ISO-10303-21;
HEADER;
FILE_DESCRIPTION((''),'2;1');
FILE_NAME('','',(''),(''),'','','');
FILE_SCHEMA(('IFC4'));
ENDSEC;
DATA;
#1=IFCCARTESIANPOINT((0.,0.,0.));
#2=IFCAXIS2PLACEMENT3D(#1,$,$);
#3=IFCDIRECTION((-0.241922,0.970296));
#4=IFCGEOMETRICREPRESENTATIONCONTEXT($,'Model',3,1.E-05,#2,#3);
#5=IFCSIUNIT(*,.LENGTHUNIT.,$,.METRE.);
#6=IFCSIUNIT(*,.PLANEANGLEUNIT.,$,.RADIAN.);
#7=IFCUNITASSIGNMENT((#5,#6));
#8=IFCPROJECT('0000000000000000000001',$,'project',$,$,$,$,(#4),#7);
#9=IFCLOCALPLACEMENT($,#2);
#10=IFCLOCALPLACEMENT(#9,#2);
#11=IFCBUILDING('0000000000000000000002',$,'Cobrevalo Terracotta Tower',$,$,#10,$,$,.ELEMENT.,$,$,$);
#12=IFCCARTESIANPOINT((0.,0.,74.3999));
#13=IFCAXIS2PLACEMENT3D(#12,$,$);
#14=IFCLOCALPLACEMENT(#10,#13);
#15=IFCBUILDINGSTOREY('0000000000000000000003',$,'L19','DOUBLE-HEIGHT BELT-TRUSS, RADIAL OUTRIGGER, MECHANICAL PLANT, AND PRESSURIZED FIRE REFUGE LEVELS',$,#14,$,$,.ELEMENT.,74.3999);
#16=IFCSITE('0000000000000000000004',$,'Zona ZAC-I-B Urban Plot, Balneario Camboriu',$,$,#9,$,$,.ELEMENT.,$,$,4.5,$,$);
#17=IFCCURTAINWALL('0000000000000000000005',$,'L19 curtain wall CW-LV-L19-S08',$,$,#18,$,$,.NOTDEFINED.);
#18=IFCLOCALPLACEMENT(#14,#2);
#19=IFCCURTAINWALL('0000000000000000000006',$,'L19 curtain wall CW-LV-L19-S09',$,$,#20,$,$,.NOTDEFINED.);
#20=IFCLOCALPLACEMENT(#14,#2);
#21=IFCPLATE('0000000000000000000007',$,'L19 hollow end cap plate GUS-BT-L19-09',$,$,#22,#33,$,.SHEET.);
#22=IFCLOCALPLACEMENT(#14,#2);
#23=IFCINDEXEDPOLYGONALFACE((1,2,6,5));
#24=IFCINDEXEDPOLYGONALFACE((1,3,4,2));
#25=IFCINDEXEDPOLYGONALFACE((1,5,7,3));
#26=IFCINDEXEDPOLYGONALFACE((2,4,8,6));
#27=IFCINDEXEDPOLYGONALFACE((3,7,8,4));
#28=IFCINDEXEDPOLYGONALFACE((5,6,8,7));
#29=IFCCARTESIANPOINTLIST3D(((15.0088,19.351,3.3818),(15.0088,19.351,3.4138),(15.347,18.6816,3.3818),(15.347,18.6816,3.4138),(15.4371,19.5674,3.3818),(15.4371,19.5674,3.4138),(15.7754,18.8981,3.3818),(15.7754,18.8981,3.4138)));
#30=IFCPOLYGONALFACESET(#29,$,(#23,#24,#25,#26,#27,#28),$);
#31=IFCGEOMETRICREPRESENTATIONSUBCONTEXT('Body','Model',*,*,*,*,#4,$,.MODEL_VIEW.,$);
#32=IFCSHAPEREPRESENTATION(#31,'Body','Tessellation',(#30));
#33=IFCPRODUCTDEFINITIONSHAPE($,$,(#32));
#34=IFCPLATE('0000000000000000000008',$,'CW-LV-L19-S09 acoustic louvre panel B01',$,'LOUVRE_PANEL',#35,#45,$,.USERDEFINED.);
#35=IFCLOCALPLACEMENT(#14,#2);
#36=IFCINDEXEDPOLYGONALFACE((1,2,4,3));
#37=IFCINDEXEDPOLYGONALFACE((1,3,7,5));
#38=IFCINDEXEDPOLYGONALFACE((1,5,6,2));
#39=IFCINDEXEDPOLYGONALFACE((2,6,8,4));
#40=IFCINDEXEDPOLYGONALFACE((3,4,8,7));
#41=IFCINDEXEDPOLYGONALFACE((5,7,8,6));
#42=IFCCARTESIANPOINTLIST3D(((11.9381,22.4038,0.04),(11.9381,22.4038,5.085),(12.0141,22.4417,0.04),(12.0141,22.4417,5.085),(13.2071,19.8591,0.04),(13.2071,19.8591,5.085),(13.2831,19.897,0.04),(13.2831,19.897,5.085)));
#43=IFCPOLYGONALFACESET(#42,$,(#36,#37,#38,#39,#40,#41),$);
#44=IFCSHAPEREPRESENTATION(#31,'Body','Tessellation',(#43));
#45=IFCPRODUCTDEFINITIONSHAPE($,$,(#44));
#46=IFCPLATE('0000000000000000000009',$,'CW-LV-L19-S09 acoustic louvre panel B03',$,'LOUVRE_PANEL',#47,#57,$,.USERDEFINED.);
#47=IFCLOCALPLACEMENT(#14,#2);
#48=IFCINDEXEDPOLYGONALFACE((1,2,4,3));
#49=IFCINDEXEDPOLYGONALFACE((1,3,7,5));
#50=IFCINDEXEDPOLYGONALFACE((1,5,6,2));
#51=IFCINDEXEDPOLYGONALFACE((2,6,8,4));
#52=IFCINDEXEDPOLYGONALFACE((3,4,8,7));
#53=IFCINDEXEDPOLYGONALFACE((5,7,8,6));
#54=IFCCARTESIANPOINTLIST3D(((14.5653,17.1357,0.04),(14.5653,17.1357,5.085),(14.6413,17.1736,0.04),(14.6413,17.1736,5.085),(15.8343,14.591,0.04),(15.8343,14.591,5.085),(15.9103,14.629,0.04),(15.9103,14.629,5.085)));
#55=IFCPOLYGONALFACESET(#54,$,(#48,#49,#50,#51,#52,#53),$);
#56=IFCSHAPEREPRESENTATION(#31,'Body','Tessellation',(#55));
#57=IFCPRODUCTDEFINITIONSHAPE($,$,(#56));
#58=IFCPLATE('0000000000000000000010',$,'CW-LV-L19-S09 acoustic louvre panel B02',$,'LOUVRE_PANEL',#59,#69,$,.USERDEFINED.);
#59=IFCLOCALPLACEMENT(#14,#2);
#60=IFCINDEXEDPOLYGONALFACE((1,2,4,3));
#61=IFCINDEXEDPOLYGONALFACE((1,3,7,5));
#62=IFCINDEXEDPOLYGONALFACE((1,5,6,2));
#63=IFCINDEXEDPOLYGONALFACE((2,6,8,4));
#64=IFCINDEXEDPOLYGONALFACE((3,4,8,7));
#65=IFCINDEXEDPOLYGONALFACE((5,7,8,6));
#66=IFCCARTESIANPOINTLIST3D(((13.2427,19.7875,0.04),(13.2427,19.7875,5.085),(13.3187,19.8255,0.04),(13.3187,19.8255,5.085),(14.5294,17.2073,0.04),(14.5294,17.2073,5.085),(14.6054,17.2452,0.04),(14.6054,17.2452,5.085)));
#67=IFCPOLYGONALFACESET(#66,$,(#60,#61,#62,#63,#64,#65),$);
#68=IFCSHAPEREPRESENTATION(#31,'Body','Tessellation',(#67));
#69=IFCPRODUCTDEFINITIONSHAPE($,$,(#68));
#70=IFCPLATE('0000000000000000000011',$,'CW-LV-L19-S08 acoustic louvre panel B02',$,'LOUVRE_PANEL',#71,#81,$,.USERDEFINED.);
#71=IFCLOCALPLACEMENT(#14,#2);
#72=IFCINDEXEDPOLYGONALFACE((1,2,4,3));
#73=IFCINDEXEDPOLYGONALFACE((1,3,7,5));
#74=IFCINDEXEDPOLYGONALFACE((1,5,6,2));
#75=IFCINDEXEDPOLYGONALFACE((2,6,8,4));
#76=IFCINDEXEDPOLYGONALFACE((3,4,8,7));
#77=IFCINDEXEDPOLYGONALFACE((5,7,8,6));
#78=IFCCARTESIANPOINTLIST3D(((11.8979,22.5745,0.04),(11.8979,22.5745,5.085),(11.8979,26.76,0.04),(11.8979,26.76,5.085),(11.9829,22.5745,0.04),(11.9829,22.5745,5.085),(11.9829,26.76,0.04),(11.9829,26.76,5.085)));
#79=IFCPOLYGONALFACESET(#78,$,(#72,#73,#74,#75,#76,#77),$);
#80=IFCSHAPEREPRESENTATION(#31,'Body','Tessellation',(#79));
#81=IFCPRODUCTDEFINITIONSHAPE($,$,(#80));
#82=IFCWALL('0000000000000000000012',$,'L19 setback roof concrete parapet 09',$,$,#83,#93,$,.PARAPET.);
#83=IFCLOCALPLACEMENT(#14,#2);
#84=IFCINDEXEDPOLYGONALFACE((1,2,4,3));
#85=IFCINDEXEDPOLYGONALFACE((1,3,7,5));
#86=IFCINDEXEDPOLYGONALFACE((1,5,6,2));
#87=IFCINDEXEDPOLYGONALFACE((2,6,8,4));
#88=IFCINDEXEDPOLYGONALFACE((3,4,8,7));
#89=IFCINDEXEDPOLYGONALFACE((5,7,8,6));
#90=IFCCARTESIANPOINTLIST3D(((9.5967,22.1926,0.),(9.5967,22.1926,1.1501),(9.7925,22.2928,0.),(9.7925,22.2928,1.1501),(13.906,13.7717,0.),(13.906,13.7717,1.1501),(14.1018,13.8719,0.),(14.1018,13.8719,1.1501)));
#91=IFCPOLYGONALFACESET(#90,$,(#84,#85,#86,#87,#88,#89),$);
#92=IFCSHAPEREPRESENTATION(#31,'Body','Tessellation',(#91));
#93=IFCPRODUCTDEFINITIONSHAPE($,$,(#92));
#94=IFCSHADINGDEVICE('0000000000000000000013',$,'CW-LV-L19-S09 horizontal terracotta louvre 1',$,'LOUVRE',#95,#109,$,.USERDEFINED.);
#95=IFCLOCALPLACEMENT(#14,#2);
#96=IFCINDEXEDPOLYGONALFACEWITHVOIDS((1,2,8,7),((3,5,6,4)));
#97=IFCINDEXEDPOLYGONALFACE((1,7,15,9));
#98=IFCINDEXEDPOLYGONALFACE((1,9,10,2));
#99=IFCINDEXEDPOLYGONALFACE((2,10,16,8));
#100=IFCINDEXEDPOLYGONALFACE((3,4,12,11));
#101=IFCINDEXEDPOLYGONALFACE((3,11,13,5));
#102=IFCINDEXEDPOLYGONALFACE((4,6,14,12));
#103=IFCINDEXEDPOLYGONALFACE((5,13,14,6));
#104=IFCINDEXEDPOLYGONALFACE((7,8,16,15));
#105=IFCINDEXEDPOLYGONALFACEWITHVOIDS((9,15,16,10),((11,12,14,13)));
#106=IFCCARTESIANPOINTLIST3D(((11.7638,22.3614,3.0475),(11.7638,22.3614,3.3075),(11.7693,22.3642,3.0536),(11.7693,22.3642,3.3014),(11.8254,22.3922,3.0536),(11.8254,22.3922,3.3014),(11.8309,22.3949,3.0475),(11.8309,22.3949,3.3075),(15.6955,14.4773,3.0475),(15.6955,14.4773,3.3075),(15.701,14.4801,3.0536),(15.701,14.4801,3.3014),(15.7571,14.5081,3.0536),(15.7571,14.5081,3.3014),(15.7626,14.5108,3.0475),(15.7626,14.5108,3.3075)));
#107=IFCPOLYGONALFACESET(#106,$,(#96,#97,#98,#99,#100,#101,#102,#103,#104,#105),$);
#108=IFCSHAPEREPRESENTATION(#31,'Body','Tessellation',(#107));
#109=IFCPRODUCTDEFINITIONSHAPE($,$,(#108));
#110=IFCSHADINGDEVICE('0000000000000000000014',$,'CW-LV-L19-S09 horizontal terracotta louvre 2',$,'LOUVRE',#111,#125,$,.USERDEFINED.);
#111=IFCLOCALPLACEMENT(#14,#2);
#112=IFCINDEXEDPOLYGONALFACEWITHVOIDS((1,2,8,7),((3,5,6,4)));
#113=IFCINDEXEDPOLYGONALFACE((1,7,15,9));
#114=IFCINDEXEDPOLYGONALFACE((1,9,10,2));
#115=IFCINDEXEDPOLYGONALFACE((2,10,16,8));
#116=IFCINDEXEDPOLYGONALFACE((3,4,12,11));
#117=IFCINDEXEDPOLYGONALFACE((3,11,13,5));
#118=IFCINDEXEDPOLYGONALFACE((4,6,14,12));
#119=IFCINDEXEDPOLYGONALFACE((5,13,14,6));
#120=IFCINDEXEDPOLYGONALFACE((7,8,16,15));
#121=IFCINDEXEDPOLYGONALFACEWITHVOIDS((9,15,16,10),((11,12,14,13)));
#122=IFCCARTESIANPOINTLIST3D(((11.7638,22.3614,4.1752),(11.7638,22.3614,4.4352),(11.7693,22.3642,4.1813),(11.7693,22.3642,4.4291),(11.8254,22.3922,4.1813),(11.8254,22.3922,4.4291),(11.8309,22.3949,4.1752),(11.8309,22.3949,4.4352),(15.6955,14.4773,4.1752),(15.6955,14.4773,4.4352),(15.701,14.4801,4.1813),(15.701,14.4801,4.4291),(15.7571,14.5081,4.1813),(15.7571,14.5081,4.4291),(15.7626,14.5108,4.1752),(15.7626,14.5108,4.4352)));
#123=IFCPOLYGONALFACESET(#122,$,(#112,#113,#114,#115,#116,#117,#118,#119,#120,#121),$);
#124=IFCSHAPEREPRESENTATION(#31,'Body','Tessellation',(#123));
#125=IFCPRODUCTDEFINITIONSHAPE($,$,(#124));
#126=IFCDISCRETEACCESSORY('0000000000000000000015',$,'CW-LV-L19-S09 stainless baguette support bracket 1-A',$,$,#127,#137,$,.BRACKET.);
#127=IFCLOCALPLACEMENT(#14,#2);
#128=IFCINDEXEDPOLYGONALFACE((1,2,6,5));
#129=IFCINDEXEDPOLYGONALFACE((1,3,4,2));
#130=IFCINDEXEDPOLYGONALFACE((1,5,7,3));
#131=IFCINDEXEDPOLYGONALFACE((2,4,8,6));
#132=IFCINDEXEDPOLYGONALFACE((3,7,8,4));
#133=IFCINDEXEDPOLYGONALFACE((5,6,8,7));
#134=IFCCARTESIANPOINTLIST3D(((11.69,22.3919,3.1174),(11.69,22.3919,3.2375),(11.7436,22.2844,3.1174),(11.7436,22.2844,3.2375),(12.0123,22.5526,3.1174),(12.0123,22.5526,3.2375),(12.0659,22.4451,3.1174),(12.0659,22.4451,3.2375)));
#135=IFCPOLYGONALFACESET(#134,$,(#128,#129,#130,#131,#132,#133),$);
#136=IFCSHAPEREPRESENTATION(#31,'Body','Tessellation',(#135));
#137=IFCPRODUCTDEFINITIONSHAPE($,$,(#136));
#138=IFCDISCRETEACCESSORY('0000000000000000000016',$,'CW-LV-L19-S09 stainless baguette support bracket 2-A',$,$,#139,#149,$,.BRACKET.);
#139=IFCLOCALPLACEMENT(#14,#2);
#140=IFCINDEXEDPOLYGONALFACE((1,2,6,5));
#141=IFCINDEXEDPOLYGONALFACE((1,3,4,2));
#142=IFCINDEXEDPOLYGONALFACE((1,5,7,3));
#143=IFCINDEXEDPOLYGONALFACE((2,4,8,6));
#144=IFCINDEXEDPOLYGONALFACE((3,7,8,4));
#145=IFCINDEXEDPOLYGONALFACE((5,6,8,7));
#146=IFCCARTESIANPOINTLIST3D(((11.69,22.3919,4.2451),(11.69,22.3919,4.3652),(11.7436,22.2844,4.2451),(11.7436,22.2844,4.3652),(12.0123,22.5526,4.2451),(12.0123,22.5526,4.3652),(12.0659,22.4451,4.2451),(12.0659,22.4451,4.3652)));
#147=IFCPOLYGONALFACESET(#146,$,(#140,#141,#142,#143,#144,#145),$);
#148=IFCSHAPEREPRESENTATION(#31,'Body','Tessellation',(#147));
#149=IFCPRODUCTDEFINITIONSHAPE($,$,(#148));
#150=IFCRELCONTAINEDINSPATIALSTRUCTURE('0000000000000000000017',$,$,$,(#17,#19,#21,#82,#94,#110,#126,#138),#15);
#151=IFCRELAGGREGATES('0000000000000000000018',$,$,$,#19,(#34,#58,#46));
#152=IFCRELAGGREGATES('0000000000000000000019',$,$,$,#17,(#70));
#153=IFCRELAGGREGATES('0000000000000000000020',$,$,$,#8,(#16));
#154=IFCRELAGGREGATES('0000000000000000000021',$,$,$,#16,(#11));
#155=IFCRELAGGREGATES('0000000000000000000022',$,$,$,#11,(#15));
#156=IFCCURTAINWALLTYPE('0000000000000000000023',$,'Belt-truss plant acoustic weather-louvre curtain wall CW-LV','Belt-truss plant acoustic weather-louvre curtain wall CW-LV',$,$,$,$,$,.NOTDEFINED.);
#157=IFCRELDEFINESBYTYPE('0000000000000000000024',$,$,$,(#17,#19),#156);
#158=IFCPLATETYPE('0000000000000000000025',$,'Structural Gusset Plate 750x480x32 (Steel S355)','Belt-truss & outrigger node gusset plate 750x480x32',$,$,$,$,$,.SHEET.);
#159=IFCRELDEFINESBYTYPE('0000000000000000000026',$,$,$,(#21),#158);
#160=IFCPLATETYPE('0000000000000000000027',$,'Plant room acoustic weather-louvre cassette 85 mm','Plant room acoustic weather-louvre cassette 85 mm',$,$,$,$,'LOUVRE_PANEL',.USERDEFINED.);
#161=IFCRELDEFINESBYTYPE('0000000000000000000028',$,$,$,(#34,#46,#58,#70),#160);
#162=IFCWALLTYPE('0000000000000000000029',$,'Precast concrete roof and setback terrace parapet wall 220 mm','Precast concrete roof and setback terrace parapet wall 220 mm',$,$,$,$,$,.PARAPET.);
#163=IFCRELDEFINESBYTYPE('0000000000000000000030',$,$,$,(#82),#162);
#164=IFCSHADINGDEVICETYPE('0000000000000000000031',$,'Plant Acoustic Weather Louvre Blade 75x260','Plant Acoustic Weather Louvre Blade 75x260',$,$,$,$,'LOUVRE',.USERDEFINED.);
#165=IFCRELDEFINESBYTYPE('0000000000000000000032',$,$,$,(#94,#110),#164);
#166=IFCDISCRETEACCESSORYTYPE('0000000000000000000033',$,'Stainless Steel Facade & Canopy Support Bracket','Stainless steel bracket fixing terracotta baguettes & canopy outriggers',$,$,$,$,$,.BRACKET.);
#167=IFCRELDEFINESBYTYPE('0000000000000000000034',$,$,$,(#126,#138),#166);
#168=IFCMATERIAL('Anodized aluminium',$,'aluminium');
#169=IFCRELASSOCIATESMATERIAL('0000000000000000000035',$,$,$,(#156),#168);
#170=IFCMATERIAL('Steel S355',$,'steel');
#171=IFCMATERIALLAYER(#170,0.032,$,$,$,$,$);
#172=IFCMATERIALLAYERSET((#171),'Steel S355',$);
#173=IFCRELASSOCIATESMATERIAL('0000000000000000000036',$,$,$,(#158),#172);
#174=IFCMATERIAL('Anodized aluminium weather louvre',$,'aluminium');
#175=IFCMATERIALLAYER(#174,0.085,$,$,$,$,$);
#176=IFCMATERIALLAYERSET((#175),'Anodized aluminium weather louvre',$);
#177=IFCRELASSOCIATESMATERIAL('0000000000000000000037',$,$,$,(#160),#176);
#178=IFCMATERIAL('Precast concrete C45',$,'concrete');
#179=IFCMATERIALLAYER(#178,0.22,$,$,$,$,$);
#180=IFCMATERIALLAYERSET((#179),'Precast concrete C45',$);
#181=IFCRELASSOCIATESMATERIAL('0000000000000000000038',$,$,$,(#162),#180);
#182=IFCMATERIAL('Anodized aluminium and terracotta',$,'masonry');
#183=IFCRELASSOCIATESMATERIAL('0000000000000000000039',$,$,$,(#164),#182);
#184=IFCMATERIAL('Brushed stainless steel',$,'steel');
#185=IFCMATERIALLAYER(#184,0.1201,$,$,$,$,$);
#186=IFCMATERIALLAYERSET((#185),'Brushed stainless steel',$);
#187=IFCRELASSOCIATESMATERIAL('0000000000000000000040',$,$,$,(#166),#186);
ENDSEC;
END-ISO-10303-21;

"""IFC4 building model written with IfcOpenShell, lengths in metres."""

from ifc_helpers import new_model, si_unit, direction, frame, frame_2d, origin, origin_2d, place, context, subcontext, project, spatial, rectangle, hollow_rectangle, extrude, source, transform, mapped, material, layer, layer_set, material_profile, profile_set, type_object, element, aggregate, save


model = new_model("IFC4")

# Units and contexts
model_context = context("Model", 3, precision=1e-05, world=origin(), true_north=direction((-0.241922, 0.970296)))
body_context = subcontext(model_context, "Body", "Model", "MODEL_VIEW")
ifc_project = project(units=[si_unit("LENGTHUNIT", "METRE"), si_unit("PLANEANGLEUNIT", "RADIAN")], contexts=[model_context])

# Site, building, storey
site_placement = place(None, origin())
site = spatial("IfcSite", under=ifc_project, at=site_placement, Name="Zona ZAC-I-B Urban Plot, Balneario Camboriu", CompositionType="ELEMENT", RefElevation=4.5)
building_placement = place(site_placement, origin())
building = spatial("IfcBuilding", under=site, at=building_placement, Name="Cobrevalo Terracotta Tower", CompositionType="ELEMENT")
storey_placement = place(building_placement, frame((0.0, 0.0, 74.3999)))
storey = spatial("IfcBuildingStorey", under=building, at=storey_placement, Name="L19", Description="DOUBLE-HEIGHT BELT-TRUSS, RADIAL OUTRIGGER, MECHANICAL PLANT, AND PRESSURIZED FIRE REFUGE LEVELS", CompositionType="ELEMENT", Elevation=74.3999)

# Shared definitions
ifc_material_1 = material(Name="Steel S355", Category="steel")

# Curtain wall
ifc_material_2 = material(Name="Anodized aluminium", Category="aluminium")
curtain_wall_type = type_object("IfcCurtainWallType", Name="Belt-truss plant acoustic weather-louvre curtain wall CW-LV", Description="Belt-truss plant acoustic weather-louvre curtain wall CW-LV", PredefinedType="NOTDEFINED", material=ifc_material_2)
curtain_wall_1_placement = place(storey_placement, origin())
curtain_wall_1 = element("IfcCurtainWall", 1, at=curtain_wall_1_placement, inside=storey, type_object=curtain_wall_type, Name="L19 curtain wall CW-LV-L19-S08", PredefinedType="NOTDEFINED")

# Curtain wall
curtain_wall_2_placement = place(storey_placement, origin())
curtain_wall_2 = element("IfcCurtainWall", 2, at=curtain_wall_2_placement, inside=storey, type_object=curtain_wall_type, Name="L19 curtain wall CW-LV-L19-S09", PredefinedType="NOTDEFINED")

# Plate
ifc_layer_1 = layer(ifc_material_1, 0.032)
ifc_layer_set_1 = layer_set([ifc_layer_1], Name="Steel S355")
plate_type_1 = type_object("IfcPlateType", Name="Structural Gusset Plate 750x480x32 (Steel S355)", Description="Belt-truss & outrigger node gusset plate 750x480x32", PredefinedType="SHEET", material=ifc_layer_set_1)
shared_shape_1 = source(origin(), body_context, "Body", "SweptSolid", [
    extrude(rectangle(XDim=0.75, YDim=0.48, at=origin_2d()), origin(), (0.0, 0.0, 1.0), 0.032),
])
plate_1_placement = place(storey_placement, frame((15.3921, 19.1245, 3.3818), z_axis=(0.0, 0.0, 1.0), x_axis=(0.451036, -0.892506, 0.0)))
element("IfcPlate", 3, at=plate_1_placement, inside=storey, type_object=plate_type_1, Name="L19 hollow end cap plate GUS-BT-L19-09", PredefinedType="SHEET", context=body_context, shape_type="MappedRepresentation", body=[
    mapped(shared_shape_1, transform((0.0, 0.0, 0.0), scale=1.0)),
])

# Plates
ifc_material_3 = material(Name="Anodized aluminium weather louvre", Category="aluminium")
ifc_layer_2 = layer(ifc_material_3, 0.085)
ifc_layer_set_2 = layer_set([ifc_layer_2], Name="Anodized aluminium weather louvre")
plate_type_2 = type_object("IfcPlateType", Name="Plant room acoustic weather-louvre cassette 85 mm", Description="Plant room acoustic weather-louvre cassette 85 mm", ElementType="LOUVRE_PANEL", PredefinedType="USERDEFINED", material=ifc_layer_set_2)
shared_shape_2 = source(origin(), body_context, "Body", "SweptSolid", [
    extrude(rectangle(XDim=2.8435, YDim=0.085, at=origin_2d()), origin(), (0.0, 0.0, 1.0), 5.0449),
])
plate_2_placement = place(storey_placement, frame((12.6106, 21.1504, 0.04), z_axis=(0.0, 0.0, 1.0), x_axis=(0.446262, -0.894902, 0.0)))
plate_2 = element("IfcPlate", 4, at=plate_2_placement, type_object=plate_type_2, Name="CW-LV-L19-S09 acoustic louvre panel B01", ObjectType="LOUVRE_PANEL", PredefinedType="USERDEFINED", context=body_context, shape_type="MappedRepresentation", body=[
    mapped(shared_shape_2, transform((0.0, 0.0, 0.0), scale=1.0)),
])
plate_3_placement = place(storey_placement, frame((15.2378, 15.8823, 0.04), z_axis=(0.0, 0.0, 1.0), x_axis=(0.446262, -0.894902, 0.0)))
plate_3 = element("IfcPlate", 5, at=plate_3_placement, type_object=plate_type_2, Name="CW-LV-L19-S09 acoustic louvre panel B03", ObjectType="LOUVRE_PANEL", PredefinedType="USERDEFINED", context=body_context, shape_type="MappedRepresentation", body=[
    mapped(shared_shape_2, transform((0.0, 0.0, 0.0), scale=1.0)),
])
shared_shape_3 = source(origin(), body_context, "Body", "SweptSolid", [
    extrude(rectangle(XDim=2.8833, YDim=0.085, at=origin_2d()), origin(), (0.0, 0.0, 1.0), 5.0449),
])
plate_4_placement = place(storey_placement, frame((13.9241, 18.5164, 0.04), z_axis=(0.0, 0.0, 1.0), x_axis=(0.446262, -0.894902, 0.0)))
plate_4 = element("IfcPlate", 6, at=plate_4_placement, type_object=plate_type_2, Name="CW-LV-L19-S09 acoustic louvre panel B02", ObjectType="LOUVRE_PANEL", PredefinedType="USERDEFINED", context=body_context, shape_type="MappedRepresentation", body=[
    mapped(shared_shape_3, transform((0.0, 0.0, 0.0), scale=1.0)),
])
aggregate(curtain_wall_2, [plate_2, plate_4, plate_3])
shared_shape_4 = source(origin(), body_context, "Body", "SweptSolid", [
    extrude(rectangle(XDim=4.1855, YDim=0.085, at=origin_2d()), origin(), (0.0, 0.0, 1.0), 5.0449),
])
plate_5_placement = place(storey_placement, frame((11.9404, 24.6672, 0.04), z_axis=(0.0, 0.0, 1.0), x_axis=(0.0, -1.0, 0.0)))
plate_5 = element("IfcPlate", 7, at=plate_5_placement, type_object=plate_type_2, Name="CW-LV-L19-S08 acoustic louvre panel B02", ObjectType="LOUVRE_PANEL", PredefinedType="USERDEFINED", context=body_context, shape_type="MappedRepresentation", body=[
    mapped(shared_shape_4, transform((0.0, 0.0, 0.0), scale=1.0)),
])
aggregate(curtain_wall_1, [plate_5])

# Wall
ifc_material_4 = material(Name="Precast concrete C45", Category="concrete")
ifc_layer_3 = layer(ifc_material_4, 0.22)
ifc_layer_set_3 = layer_set([ifc_layer_3], Name="Precast concrete C45")
wall_type = type_object("IfcWallType", Name="Precast concrete roof and setback terrace parapet wall 220 mm", Description="Precast concrete roof and setback terrace parapet wall 220 mm", PredefinedType="PARAPET", material=ifc_layer_set_3)
wall_placement = place(storey_placement, frame((9.6946, 22.2427, 0.0), z_axis=(0.0, 0.0, 1.0), x_axis=(0.455556, -0.890207, 0.0)))
element("IfcWall", 8, at=wall_placement, inside=storey, type_object=wall_type, Name="L19 setback roof concrete parapet 09", PredefinedType="PARAPET", context=body_context, shape_type="SweptSolid", body=[
    extrude(rectangle(XDim=9.4595, YDim=0.22, at=frame_2d((4.7297, 0.0))), origin(), (0.0, 0.0, 1.0), 1.1501),
])

# Shading devices
ifc_material_5 = material(Name="Anodized aluminium and terracotta", Category="masonry")
ifc_material_profile_1 = material_profile(ifc_material_5, hollow_rectangle(XDim=0.075, YDim=0.26, WallThickness=0.0061, at=origin_2d()), Name="LOUVRE BLADE 75x260")
ifc_profile_set_1 = profile_set([ifc_material_profile_1], Name="Anodized aluminium and terracotta")
shading_device_type = type_object("IfcShadingDeviceType", Name="Plant Acoustic Weather Louvre Blade 75x260", Description="Plant Acoustic Weather Louvre Blade 75x260", ElementType="LOUVRE", PredefinedType="USERDEFINED", material=ifc_profile_set_1)
shared_shape_5 = source(origin(), body_context, "Body", "SweptSolid", [
    extrude(hollow_rectangle(XDim=0.075, YDim=0.26, WallThickness=0.0061, at=origin_2d()), origin(), (0.0, 0.0, 1.0), 8.8101),
])
for number, where, z_axis, x_axis, name in (
    (9, (11.7974, 22.3782, 3.1775), (0.446271, -0.894898, 0.0), (0.894898, 0.446271, 0.0), "CW-LV-L19-S09 horizontal terracotta louvre 1"),
    (10, (11.7974, 22.3782, 4.3052), (0.446271, -0.894898, 0.0), (0.894898, 0.446271, 0.0), "CW-LV-L19-S09 horizontal terracotta louvre 2"),
):
    element("IfcShadingDevice", number, at=place(storey_placement, frame(where, z_axis=z_axis, x_axis=x_axis)), inside=storey, type_object=shading_device_type, Name=name, ObjectType="LOUVRE", PredefinedType="USERDEFINED", context=body_context, shape_type="MappedRepresentation", body=[
        mapped(shared_shape_5, transform((0.0, 0.0, 0.0), scale=1.0)),
    ])

# Discrete accessories
ifc_material_6 = material(Name="Brushed stainless steel", Category="steel")
ifc_layer_4 = layer(ifc_material_6, 0.1201)
ifc_layer_set_4 = layer_set([ifc_layer_4], Name="Brushed stainless steel")
discrete_accessory_type = type_object("IfcDiscreteAccessoryType", Name="Stainless Steel Facade & Canopy Support Bracket", Description="Stainless steel bracket fixing terracotta baguettes & canopy outriggers", PredefinedType="BRACKET", material=ifc_layer_set_4)
shared_shape_6 = source(origin(), body_context, "Body", "SweptSolid", [
    extrude(rectangle(XDim=0.1201, YDim=0.3601, at=origin_2d()), origin(), (0.0, 0.0, 1.0), 0.1201),
])
for number, where, z_axis, x_axis, name in (
    (11, (11.8779, 22.4185, 3.1174), (0.0, 0.0, 1.0), (0.446262, -0.894902, 0.0), "CW-LV-L19-S09 stainless baguette support bracket 1-A"),
    (12, (11.8779, 22.4185, 4.2451), (0.0, 0.0, 1.0), (0.446262, -0.894902, 0.0), "CW-LV-L19-S09 stainless baguette support bracket 2-A"),
):
    element("IfcDiscreteAccessory", number, at=place(storey_placement, frame(where, z_axis=z_axis, x_axis=x_axis)), inside=storey, type_object=discrete_accessory_type, Name=name, PredefinedType="BRACKET", context=body_context, shape_type="MappedRepresentation", body=[
        mapped(shared_shape_6, transform((0.0, 0.0, 0.0), scale=1.0)),
    ])

save(model, "model.ifc")
